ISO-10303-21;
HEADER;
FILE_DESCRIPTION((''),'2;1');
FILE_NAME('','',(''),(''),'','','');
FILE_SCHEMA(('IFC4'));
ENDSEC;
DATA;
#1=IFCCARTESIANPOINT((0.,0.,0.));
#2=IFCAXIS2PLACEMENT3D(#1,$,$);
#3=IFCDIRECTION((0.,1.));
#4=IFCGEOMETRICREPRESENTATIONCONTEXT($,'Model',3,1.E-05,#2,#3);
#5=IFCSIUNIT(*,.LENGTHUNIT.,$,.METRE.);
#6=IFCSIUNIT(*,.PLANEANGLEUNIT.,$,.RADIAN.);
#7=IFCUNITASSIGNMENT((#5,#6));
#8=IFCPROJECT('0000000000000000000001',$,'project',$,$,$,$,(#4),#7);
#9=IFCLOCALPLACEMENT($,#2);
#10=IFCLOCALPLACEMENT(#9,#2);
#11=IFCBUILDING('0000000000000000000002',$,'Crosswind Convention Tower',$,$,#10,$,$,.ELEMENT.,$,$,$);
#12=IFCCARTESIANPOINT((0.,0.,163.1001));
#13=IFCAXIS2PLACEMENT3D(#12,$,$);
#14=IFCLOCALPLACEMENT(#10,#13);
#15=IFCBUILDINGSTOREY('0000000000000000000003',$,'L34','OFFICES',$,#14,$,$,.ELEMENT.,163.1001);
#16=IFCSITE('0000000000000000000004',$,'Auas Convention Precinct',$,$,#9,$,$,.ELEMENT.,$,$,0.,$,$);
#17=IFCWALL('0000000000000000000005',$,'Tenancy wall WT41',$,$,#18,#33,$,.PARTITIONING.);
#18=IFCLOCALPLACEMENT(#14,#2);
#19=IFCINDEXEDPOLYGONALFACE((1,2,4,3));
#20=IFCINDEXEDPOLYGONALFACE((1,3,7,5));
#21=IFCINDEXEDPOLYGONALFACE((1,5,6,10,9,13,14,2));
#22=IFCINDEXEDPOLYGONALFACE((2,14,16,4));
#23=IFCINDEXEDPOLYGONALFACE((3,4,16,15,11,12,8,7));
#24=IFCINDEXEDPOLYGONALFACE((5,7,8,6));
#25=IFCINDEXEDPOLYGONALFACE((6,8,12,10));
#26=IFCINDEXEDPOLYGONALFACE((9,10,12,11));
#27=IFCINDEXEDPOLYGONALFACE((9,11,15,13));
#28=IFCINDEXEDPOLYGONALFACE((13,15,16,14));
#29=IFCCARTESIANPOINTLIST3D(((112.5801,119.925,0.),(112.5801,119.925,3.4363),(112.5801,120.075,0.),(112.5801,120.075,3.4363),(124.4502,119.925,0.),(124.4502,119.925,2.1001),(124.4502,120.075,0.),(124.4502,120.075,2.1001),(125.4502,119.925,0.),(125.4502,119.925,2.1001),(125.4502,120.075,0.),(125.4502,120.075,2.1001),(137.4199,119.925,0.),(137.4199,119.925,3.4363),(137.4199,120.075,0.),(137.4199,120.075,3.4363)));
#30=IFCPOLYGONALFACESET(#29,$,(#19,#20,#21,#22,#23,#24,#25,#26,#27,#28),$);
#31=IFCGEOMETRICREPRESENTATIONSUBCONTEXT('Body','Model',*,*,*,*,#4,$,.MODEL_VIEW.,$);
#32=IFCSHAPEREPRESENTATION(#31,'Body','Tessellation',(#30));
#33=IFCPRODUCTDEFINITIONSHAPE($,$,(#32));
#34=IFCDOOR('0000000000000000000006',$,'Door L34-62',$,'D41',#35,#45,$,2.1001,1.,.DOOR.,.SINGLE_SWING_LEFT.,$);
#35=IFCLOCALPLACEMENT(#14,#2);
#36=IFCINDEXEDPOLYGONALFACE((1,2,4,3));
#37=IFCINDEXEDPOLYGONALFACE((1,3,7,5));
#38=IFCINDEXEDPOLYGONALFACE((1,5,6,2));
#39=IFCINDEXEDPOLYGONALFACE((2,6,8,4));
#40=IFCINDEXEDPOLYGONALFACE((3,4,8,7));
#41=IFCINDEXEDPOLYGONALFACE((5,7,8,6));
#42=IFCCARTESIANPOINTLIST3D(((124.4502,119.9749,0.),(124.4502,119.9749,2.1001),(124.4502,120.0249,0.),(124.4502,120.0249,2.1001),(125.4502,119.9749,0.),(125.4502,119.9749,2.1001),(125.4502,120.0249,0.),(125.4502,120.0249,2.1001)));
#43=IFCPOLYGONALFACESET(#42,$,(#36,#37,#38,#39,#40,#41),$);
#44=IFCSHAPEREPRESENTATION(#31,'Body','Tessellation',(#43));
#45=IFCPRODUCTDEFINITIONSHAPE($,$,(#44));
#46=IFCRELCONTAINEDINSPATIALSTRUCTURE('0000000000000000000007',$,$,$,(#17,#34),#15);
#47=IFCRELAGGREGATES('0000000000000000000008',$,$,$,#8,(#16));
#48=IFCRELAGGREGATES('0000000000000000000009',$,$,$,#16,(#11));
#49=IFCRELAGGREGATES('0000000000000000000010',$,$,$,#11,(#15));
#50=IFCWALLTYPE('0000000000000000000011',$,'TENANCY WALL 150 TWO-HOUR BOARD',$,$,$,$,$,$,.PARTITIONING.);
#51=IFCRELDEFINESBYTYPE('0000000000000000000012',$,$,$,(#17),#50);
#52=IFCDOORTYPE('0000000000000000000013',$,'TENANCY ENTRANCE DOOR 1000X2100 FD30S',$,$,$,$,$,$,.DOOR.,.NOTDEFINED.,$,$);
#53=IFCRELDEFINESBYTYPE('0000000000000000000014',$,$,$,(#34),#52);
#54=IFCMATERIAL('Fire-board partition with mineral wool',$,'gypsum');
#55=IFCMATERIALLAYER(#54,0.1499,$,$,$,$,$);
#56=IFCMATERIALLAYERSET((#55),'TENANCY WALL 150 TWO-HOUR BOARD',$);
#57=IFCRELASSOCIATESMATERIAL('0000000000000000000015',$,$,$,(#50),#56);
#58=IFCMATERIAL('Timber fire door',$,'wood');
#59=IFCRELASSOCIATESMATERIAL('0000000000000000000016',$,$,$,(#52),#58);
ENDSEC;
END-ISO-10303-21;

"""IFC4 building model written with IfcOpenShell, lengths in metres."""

from ifc_helpers import new_model, si_unit, direction, frame, frame_2d, origin, place, context, subcontext, project, spatial, rectangle, extrude, material, layer, layer_set, type_object, element, fill, save


model = new_model("IFC4")

# Units and contexts
model_context = context("Model", 3, precision=1e-05, world=origin(), true_north=direction((0.0, 1.0)))
body_context = subcontext(model_context, "Body", "Model", "MODEL_VIEW")
ifc_project = project(units=[si_unit("LENGTHUNIT", "METRE"), si_unit("PLANEANGLEUNIT", "RADIAN")], contexts=[model_context])

# Site, building, storey
site_placement = place(None, origin())
site = spatial("IfcSite", under=ifc_project, at=site_placement, Name="Auas Convention Precinct", CompositionType="ELEMENT", RefElevation=0.0)
building_placement = place(site_placement, origin())
building = spatial("IfcBuilding", under=site, at=building_placement, Name="Crosswind Convention Tower", CompositionType="ELEMENT")
storey_placement = place(building_placement, frame((0.0, 0.0, 163.1001)))
storey = spatial("IfcBuildingStorey", under=building, at=storey_placement, Name="L34", Description="OFFICES", CompositionType="ELEMENT", Elevation=163.1001)

# Wall, opening, door
ifc_material_1 = material(Name="Fire-board partition with mineral wool", Category="gypsum")
ifc_layer_1 = layer(ifc_material_1, 0.1499)
ifc_layer_set_1 = layer_set([ifc_layer_1], Name="TENANCY WALL 150 TWO-HOUR BOARD")
wall_type_1 = type_object("IfcWallType", Name="TENANCY WALL 150 TWO-HOUR BOARD", PredefinedType="PARTITIONING", material=ifc_layer_set_1)
wall_1_placement = place(storey_placement, frame((112.5801, 120.0, 0.0), z_axis=(0.0, 0.0, 1.0), x_axis=(1.0, 0.0, 0.0)))
wall_1 = element("IfcWall", 1, at=wall_1_placement, inside=storey, type_object=wall_type_1, Name="Tenancy wall WT41", PredefinedType="PARTITIONING", context=body_context, shape_type="SweptSolid", body=[
    extrude(rectangle(XDim=24.8398, YDim=0.1499, at=frame_2d((12.4199, 0.0))), origin(), (0.0, 0.0, 1.0), 3.4363),
])
opening_1_placement = place(wall_1_placement, frame((11.8701, 0.0, 0.0)))
opening_1 = element("IfcOpeningElement", 2, at=opening_1_placement, cuts=wall_1, PredefinedType="OPENING", context=body_context, shape_type="SweptSolid", body=[
    extrude(rectangle(XDim=1.0, YDim=2.1001, at=frame_2d((0.5, 1.05))), frame((0.0, 0.085, 0.0), z_axis=(0.0, -1.0, 0.0), x_axis=(1.0, 0.0, 0.0)), (0.0, 0.0, 1.0), 0.1699),
])
ifc_material_2 = material(Name="Timber fire door", Category="wood")
door_type_1 = type_object("IfcDoorType", Name="TENANCY ENTRANCE DOOR 1000X2100 FD30S", OperationType="NOTDEFINED", PredefinedType="DOOR", material=ifc_material_2)
door_1_placement = place(opening_1_placement, origin())
door_1 = element("IfcDoor", 3, at=door_1_placement, inside=storey, type_object=door_type_1, Name="Door L34-62", ObjectType="D41", OperationType="SINGLE_SWING_LEFT", OverallHeight=2.1001, OverallWidth=1.0, PredefinedType="DOOR", context=body_context, shape_type="SweptSolid", body=[
    extrude(rectangle(XDim=1.0, YDim=2.1001, at=frame_2d((0.5, 1.05))), frame((0.0, 0.0249, 0.0), z_axis=(0.0, -1.0, 0.0), x_axis=(1.0, 0.0, 0.0)), (0.0, 0.0, 1.0), 0.05),
])
fill(opening_1, door_1)

save(model, "model.ifc")
